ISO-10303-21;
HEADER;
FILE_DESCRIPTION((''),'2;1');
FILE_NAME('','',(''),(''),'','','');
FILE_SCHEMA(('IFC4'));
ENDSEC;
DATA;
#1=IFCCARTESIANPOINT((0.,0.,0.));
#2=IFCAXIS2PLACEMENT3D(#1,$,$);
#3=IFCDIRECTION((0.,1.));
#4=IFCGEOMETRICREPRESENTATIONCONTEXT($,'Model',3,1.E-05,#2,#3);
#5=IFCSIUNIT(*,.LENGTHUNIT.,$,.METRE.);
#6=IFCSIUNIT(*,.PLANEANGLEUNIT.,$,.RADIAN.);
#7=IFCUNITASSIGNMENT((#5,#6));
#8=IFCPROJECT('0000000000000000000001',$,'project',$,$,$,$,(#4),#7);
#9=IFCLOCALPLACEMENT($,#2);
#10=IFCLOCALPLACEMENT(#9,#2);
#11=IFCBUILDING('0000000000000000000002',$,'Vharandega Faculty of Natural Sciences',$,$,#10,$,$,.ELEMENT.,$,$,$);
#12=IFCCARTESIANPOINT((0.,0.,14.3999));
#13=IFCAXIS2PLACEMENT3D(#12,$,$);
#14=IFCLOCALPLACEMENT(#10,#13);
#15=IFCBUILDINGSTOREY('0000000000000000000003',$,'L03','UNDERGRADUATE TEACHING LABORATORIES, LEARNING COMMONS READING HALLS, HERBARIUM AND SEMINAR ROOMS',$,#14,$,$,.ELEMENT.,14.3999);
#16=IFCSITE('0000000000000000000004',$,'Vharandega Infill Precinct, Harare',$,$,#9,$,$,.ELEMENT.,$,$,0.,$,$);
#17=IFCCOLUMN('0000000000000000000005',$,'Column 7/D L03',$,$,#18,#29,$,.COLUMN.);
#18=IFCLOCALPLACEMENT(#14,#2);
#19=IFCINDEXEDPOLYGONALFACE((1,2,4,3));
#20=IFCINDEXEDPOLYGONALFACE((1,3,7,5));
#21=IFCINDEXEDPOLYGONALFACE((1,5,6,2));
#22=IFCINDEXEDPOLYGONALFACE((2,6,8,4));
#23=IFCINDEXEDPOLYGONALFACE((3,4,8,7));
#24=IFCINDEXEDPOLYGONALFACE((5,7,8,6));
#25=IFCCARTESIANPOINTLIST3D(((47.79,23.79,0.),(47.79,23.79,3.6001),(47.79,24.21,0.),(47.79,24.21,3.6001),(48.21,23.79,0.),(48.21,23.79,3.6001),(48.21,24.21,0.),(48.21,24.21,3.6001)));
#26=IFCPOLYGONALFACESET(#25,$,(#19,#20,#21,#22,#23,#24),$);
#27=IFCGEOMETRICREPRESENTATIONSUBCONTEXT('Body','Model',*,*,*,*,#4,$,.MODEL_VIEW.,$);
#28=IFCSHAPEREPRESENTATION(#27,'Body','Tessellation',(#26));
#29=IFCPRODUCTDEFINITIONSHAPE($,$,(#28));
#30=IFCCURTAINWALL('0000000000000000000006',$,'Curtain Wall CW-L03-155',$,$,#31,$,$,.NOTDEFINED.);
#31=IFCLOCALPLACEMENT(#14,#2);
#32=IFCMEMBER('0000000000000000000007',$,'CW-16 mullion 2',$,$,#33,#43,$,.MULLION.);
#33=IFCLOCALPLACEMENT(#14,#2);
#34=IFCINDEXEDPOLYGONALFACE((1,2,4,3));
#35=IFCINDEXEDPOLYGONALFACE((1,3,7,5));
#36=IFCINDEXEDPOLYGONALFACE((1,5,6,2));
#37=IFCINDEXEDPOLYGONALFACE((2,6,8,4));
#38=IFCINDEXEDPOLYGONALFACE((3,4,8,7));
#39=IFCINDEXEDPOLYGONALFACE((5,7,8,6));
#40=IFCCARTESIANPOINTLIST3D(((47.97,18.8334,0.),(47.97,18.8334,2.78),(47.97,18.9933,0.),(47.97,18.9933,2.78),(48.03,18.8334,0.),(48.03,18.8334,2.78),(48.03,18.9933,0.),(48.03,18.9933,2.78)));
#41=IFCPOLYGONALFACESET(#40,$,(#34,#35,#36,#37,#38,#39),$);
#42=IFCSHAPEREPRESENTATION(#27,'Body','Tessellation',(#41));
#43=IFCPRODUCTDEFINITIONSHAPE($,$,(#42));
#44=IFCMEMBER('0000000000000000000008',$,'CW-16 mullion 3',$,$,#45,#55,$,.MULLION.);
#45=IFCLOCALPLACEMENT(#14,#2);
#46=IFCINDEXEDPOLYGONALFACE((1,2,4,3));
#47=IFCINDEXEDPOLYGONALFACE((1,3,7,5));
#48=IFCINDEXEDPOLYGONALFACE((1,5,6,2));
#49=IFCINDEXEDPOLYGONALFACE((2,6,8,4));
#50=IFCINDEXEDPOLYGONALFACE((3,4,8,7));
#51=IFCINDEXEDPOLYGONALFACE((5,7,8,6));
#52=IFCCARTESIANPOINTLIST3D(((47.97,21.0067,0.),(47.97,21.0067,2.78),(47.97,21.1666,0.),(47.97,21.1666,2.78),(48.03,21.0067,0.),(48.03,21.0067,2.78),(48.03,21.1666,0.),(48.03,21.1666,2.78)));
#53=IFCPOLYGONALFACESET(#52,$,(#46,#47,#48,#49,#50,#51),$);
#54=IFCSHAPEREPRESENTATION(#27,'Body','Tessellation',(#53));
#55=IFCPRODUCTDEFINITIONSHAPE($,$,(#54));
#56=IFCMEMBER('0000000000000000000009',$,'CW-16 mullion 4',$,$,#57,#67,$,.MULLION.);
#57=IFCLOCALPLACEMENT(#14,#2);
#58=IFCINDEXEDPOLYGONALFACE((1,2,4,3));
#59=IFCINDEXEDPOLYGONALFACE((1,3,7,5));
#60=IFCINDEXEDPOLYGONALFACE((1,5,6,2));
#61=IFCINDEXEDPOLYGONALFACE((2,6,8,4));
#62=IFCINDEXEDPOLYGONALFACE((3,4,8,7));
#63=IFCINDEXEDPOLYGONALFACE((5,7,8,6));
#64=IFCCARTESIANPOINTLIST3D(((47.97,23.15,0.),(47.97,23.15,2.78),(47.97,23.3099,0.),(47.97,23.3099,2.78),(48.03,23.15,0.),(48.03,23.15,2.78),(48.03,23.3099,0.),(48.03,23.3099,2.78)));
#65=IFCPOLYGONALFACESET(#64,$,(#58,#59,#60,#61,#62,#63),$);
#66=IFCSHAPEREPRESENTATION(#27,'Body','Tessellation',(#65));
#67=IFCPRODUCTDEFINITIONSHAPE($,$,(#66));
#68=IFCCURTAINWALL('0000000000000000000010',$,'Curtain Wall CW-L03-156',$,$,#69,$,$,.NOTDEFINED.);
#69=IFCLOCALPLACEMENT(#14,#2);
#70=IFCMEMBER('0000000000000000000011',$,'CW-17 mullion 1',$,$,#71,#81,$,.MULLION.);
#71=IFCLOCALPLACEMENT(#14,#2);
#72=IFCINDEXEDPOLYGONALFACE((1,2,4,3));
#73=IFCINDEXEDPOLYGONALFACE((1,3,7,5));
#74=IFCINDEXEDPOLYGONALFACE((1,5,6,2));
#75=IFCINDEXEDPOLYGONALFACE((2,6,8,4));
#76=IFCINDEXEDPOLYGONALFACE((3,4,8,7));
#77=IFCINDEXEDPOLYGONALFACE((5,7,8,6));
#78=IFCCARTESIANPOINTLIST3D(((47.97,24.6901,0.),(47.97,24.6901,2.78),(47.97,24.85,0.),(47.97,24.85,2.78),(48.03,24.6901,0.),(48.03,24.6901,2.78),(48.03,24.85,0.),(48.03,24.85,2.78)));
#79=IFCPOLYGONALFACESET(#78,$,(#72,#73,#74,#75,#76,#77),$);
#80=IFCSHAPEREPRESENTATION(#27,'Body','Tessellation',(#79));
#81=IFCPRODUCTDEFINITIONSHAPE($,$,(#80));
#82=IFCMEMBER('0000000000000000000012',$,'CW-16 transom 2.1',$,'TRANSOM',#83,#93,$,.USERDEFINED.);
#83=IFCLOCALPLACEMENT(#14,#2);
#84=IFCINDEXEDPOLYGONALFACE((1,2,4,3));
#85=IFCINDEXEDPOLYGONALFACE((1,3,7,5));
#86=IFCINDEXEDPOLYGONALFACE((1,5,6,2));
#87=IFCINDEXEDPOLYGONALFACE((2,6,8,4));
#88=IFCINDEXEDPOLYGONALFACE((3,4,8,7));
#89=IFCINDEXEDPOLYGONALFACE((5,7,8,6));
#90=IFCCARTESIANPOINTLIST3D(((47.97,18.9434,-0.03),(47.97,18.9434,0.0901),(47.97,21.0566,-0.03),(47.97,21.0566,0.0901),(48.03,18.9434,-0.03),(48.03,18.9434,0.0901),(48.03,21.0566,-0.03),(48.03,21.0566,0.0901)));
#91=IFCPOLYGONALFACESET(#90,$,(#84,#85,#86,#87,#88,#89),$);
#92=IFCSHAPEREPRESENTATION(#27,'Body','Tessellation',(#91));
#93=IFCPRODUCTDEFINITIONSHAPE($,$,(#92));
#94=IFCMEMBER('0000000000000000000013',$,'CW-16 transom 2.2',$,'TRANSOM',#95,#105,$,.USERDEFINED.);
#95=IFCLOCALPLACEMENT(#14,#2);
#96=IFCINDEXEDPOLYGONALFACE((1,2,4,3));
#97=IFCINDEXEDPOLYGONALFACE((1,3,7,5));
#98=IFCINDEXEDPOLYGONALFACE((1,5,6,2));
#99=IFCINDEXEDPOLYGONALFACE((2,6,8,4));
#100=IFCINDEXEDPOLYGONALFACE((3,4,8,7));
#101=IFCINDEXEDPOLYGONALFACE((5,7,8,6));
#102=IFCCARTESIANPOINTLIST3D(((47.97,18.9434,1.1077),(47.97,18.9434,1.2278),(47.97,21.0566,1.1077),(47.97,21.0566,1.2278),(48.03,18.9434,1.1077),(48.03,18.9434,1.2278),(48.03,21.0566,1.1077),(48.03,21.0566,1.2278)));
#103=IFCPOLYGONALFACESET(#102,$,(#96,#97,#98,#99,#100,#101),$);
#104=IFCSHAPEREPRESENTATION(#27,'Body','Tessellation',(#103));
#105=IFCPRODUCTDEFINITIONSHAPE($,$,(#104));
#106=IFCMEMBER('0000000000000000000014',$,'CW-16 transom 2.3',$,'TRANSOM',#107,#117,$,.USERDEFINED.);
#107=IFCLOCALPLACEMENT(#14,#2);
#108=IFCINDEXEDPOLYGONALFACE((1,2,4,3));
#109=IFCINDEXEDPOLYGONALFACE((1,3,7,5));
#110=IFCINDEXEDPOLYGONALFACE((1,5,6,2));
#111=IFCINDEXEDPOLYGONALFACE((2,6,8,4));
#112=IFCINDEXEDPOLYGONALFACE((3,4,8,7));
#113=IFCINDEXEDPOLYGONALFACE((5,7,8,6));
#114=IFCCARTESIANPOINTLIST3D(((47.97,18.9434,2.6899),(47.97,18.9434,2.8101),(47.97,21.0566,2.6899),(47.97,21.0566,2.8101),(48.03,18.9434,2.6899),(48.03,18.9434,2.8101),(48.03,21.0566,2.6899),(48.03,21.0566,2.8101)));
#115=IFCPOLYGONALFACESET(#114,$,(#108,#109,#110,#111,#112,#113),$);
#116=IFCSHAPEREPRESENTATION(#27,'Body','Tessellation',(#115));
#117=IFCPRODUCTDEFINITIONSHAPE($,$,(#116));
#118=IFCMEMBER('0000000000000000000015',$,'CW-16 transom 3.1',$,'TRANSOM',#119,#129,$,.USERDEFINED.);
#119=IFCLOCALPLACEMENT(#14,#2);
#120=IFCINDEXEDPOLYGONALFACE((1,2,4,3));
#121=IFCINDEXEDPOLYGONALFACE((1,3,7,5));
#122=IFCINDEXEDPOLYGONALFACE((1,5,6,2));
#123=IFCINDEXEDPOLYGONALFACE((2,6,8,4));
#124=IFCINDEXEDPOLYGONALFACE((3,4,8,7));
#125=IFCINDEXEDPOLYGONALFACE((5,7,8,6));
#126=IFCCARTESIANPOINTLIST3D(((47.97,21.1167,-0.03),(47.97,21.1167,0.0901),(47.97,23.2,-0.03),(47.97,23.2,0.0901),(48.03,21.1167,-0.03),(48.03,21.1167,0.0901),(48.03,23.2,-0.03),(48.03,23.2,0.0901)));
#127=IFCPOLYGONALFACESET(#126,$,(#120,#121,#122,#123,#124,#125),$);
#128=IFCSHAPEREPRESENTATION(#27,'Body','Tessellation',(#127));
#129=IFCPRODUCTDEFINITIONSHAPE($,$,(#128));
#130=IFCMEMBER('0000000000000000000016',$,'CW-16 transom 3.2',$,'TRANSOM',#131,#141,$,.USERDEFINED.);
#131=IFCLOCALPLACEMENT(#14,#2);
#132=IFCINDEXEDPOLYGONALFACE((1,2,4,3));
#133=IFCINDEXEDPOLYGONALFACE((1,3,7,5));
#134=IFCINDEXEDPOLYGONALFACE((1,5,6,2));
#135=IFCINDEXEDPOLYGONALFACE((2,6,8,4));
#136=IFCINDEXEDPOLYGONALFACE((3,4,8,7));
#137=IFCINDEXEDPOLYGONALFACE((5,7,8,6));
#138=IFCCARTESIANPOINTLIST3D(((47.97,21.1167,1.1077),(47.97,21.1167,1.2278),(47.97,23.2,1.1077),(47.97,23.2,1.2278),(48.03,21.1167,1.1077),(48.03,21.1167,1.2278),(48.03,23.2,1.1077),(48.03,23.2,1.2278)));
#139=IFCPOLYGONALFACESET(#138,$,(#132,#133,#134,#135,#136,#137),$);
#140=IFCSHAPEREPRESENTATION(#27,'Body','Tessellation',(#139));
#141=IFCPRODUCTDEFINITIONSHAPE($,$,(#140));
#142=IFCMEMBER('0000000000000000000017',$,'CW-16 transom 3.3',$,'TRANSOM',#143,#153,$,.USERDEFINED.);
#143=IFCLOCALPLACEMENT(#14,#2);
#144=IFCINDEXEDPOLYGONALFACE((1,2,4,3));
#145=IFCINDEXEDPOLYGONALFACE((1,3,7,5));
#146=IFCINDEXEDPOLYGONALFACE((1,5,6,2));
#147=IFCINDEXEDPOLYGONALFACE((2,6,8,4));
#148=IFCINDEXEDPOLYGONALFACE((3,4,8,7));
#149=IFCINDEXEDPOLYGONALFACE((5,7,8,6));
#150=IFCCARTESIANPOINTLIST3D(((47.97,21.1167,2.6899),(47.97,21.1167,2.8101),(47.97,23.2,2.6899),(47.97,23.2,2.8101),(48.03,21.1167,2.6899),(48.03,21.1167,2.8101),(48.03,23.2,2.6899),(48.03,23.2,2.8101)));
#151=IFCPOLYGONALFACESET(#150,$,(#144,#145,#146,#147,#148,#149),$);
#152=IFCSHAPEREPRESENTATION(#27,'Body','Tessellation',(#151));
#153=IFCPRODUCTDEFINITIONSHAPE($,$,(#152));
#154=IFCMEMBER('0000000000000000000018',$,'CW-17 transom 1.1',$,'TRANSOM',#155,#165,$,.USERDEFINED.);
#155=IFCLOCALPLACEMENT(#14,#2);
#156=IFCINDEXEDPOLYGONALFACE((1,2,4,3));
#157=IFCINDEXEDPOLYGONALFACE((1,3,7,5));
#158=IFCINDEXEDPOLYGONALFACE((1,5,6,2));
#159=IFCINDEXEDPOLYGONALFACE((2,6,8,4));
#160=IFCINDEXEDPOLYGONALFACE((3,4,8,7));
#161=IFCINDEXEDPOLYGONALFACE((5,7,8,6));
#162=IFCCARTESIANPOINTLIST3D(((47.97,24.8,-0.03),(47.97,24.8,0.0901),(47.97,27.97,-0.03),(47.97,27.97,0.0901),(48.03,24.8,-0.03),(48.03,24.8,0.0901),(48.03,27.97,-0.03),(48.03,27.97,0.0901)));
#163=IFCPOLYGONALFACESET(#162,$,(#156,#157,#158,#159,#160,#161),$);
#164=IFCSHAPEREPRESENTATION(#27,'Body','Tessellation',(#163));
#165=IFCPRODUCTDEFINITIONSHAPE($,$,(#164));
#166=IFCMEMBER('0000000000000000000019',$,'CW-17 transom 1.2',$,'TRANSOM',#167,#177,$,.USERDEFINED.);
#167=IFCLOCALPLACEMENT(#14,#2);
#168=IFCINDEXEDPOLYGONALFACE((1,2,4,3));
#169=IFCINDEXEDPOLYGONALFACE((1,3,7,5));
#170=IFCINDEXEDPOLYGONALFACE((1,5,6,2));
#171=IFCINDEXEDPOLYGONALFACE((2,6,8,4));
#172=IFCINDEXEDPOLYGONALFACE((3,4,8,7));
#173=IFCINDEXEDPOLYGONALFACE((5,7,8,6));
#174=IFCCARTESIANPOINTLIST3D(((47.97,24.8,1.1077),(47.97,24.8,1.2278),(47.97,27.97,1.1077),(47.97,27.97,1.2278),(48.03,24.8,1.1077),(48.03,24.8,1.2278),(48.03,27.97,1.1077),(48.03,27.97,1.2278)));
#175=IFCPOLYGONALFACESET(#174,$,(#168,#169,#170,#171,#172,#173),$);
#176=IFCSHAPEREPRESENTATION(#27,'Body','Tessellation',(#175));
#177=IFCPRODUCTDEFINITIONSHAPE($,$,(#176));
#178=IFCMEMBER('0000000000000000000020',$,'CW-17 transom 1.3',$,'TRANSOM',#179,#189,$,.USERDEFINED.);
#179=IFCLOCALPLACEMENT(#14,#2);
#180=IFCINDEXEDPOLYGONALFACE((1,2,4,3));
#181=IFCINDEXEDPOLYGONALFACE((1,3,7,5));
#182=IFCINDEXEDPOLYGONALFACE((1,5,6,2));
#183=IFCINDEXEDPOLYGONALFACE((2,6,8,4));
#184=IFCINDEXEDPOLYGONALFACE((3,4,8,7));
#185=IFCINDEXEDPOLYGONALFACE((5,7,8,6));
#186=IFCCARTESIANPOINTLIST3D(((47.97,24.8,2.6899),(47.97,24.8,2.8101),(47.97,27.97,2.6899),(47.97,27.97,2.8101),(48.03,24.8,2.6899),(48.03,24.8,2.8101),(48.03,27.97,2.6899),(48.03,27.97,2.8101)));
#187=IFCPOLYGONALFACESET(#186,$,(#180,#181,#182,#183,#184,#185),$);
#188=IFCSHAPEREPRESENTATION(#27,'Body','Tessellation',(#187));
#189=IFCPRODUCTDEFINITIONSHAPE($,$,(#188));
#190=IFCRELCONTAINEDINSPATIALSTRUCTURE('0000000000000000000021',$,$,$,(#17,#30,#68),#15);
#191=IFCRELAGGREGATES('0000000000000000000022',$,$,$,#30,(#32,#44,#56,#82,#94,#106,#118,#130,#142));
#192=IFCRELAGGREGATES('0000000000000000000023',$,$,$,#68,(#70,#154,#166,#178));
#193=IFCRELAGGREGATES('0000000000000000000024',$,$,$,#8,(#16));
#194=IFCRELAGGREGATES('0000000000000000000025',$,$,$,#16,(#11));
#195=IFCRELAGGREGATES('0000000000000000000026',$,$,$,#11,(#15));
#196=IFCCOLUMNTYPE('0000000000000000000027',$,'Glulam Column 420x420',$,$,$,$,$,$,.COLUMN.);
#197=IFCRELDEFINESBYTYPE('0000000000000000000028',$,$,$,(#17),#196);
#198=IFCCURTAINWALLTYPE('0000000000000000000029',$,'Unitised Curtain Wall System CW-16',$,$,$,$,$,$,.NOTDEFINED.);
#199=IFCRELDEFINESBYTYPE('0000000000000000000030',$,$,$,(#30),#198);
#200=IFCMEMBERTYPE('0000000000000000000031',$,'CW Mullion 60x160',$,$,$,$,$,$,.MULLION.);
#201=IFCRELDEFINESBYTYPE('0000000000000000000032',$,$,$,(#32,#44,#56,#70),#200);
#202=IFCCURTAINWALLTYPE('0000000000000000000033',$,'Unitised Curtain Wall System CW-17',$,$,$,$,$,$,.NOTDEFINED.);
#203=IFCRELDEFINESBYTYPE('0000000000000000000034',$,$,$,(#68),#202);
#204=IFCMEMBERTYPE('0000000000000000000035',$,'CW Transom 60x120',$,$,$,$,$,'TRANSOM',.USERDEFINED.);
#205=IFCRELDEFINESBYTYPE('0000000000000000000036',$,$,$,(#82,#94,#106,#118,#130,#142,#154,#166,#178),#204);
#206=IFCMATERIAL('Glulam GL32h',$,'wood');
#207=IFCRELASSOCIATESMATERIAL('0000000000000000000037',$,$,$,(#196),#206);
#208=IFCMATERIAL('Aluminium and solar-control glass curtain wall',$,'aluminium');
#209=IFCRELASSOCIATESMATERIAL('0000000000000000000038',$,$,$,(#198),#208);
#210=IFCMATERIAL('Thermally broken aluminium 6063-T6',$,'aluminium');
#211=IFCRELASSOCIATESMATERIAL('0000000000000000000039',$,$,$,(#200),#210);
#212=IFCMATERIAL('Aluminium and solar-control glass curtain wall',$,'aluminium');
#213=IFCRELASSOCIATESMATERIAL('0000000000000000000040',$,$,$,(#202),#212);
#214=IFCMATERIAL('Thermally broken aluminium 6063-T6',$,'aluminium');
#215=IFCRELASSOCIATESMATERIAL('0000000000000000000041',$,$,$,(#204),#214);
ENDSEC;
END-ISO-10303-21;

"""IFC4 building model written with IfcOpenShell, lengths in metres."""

from ifc_helpers import new_model, si_unit, direction, frame, origin, origin_2d, place, context, subcontext, project, spatial, rectangle, extrude, material, material_profile, profile_set, type_object, element, aggregate, save


model = new_model("IFC4")

# Units and contexts
model_context = context("Model", 3, precision=1e-05, world=origin(), true_north=direction((0.0, 1.0)))
body_context = subcontext(model_context, "Body", "Model", "MODEL_VIEW")
ifc_project = project(units=[si_unit("LENGTHUNIT", "METRE"), si_unit("PLANEANGLEUNIT", "RADIAN")], contexts=[model_context])

# Site, building, storey
site_placement = place(None, origin())
site = spatial("IfcSite", under=ifc_project, at=site_placement, Name="Vharandega Infill Precinct, Harare", CompositionType="ELEMENT", RefElevation=0.0)
building_placement = place(site_placement, origin())
building = spatial("IfcBuilding", under=site, at=building_placement, Name="Vharandega Faculty of Natural Sciences", CompositionType="ELEMENT")
storey_placement = place(building_placement, frame((0.0, 0.0, 14.3999)))
storey = spatial("IfcBuildingStorey", under=building, at=storey_placement, Name="L03", Description="UNDERGRADUATE TEACHING LABORATORIES, LEARNING COMMONS READING HALLS, HERBARIUM AND SEMINAR ROOMS", CompositionType="ELEMENT", Elevation=14.3999)

# Column
ifc_material_1 = material(Name="Glulam GL32h", Category="wood")
ifc_material_profile_1 = material_profile(ifc_material_1, rectangle(XDim=0.4199, YDim=0.4199, at=origin_2d()), Name="GL32h 420x420")
ifc_profile_set_1 = profile_set([ifc_material_profile_1], Name="Glulam GL32h")
column_type = type_object("IfcColumnType", Name="Glulam Column 420x420", PredefinedType="COLUMN", material=ifc_profile_set_1)
column_placement = place(storey_placement, frame((48.0, 24.0, 0.0), z_axis=(0.0, 0.0, 1.0), x_axis=(1.0, 0.0, 0.0)))
element("IfcColumn", 1, at=column_placement, inside=storey, type_object=column_type, Name="Column 7/D L03", PredefinedType="COLUMN", context=body_context, shape_type="SweptSolid", body=[
    extrude(rectangle(XDim=0.4199, YDim=0.4199, at=origin_2d()), origin(), (0.0, 0.0, 1.0), 3.6001),
])

# Curtain wall, members
ifc_material_2 = material(Name="Aluminium and solar-control glass curtain wall", Category="aluminium")
curtain_wall_type_1 = type_object("IfcCurtainWallType", Name="Unitised Curtain Wall System CW-16", PredefinedType="NOTDEFINED", material=ifc_material_2)
curtain_wall_1_placement = place(storey_placement, origin())
curtain_wall_1 = element("IfcCurtainWall", 2, at=curtain_wall_1_placement, inside=storey, type_object=curtain_wall_type_1, Name="Curtain Wall CW-L03-155", PredefinedType="NOTDEFINED")
ifc_material_3 = material(Name="Thermally broken aluminium 6063-T6", Category="aluminium")
ifc_material_profile_2 = material_profile(ifc_material_3, rectangle(XDim=0.0601, YDim=0.1599, at=origin_2d()), Name="ALU 60x160")
ifc_profile_set_2 = profile_set([ifc_material_profile_2], Name="Thermally broken aluminium 6063-T6")
member_type_1 = type_object("IfcMemberType", Name="CW Mullion 60x160", PredefinedType="MULLION", material=ifc_profile_set_2)
member_1_placement = place(storey_placement, frame((48.0, 18.9133, 0.0), z_axis=(0.0, 0.0, 1.0), x_axis=(-1.0, 0.0, 0.0)))
member_1 = element("IfcMember", 3, at=member_1_placement, type_object=member_type_1, Name="CW-16 mullion 2", PredefinedType="MULLION", context=body_context, shape_type="SweptSolid", body=[
    extrude(rectangle(XDim=0.0601, YDim=0.1599, at=origin_2d()), origin(), (0.0, 0.0, 1.0), 2.78),
])
member_2_placement = place(storey_placement, frame((48.0, 21.0867, 0.0), z_axis=(0.0, 0.0, 1.0), x_axis=(-1.0, 0.0, 0.0)))
member_2 = element("IfcMember", 4, at=member_2_placement, type_object=member_type_1, Name="CW-16 mullion 3", PredefinedType="MULLION", context=body_context, shape_type="SweptSolid", body=[
    extrude(rectangle(XDim=0.0601, YDim=0.1599, at=origin_2d()), origin(), (0.0, 0.0, 1.0), 2.78),
])
member_3_placement = place(storey_placement, frame((48.0, 23.23, 0.0), z_axis=(0.0, 0.0, 1.0), x_axis=(-1.0, 0.0, 0.0)))
member_3 = element("IfcMember", 5, at=member_3_placement, type_object=member_type_1, Name="CW-16 mullion 4", PredefinedType="MULLION", context=body_context, shape_type="SweptSolid", body=[
    extrude(rectangle(XDim=0.0601, YDim=0.1599, at=origin_2d()), origin(), (0.0, 0.0, 1.0), 2.78),
])

# Curtain wall, member
ifc_material_4 = material(Name="Aluminium and solar-control glass curtain wall", Category="aluminium")
curtain_wall_type_2 = type_object("IfcCurtainWallType", Name="Unitised Curtain Wall System CW-17", PredefinedType="NOTDEFINED", material=ifc_material_4)
curtain_wall_2_placement = place(storey_placement, origin())
curtain_wall_2 = element("IfcCurtainWall", 6, at=curtain_wall_2_placement, inside=storey, type_object=curtain_wall_type_2, Name="Curtain Wall CW-L03-156", PredefinedType="NOTDEFINED")
member_4_placement = place(storey_placement, frame((48.0, 24.77, 0.0), z_axis=(0.0, 0.0, 1.0), x_axis=(-1.0, 0.0, 0.0)))
member_4 = element("IfcMember", 7, at=member_4_placement, type_object=member_type_1, Name="CW-17 mullion 1", PredefinedType="MULLION", context=body_context, shape_type="SweptSolid", body=[
    extrude(rectangle(XDim=0.0601, YDim=0.1599, at=origin_2d()), origin(), (0.0, 0.0, 1.0), 2.78),
])

# Members
ifc_material_5 = material(Name="Thermally broken aluminium 6063-T6", Category="aluminium")
ifc_material_profile_3 = material_profile(ifc_material_5, rectangle(XDim=0.0601, YDim=0.1201, at=origin_2d()), Name="ALU 60x120")
ifc_profile_set_3 = profile_set([ifc_material_profile_3], Name="Thermally broken aluminium 6063-T6")
member_type_2 = type_object("IfcMemberType", Name="CW Transom 60x120", ElementType="TRANSOM", PredefinedType="USERDEFINED", material=ifc_profile_set_3)
member_5_placement = place(storey_placement, frame((48.0, 18.9434, 0.03), z_axis=(0.0, 1.0, 0.0), x_axis=(-1.0, 0.0, 0.0)))
member_5 = element("IfcMember", 8, at=member_5_placement, type_object=member_type_2, Name="CW-16 transom 2.1", ObjectType="TRANSOM", PredefinedType="USERDEFINED", context=body_context, shape_type="SweptSolid", body=[
    extrude(rectangle(XDim=0.0601, YDim=0.1201, at=origin_2d()), origin(), (0.0, 0.0, 1.0), 2.1133),
])
member_6_placement = place(storey_placement, frame((48.0, 18.9434, 1.1677), z_axis=(0.0, 1.0, 0.0), x_axis=(-1.0, 0.0, 0.0)))
member_6 = element("IfcMember", 9, at=member_6_placement, type_object=member_type_2, Name="CW-16 transom 2.2", ObjectType="TRANSOM", PredefinedType="USERDEFINED", context=body_context, shape_type="SweptSolid", body=[
    extrude(rectangle(XDim=0.0601, YDim=0.1201, at=origin_2d()), origin(), (0.0, 0.0, 1.0), 2.1133),
])
member_7_placement = place(storey_placement, frame((48.0, 18.9434, 2.75), z_axis=(0.0, 1.0, 0.0), x_axis=(-1.0, 0.0, 0.0)))
member_7 = element("IfcMember", 10, at=member_7_placement, type_object=member_type_2, Name="CW-16 transom 2.3", ObjectType="TRANSOM", PredefinedType="USERDEFINED", context=body_context, shape_type="SweptSolid", body=[
    extrude(rectangle(XDim=0.0601, YDim=0.1201, at=origin_2d()), origin(), (0.0, 0.0, 1.0), 2.1133),
])
member_8_placement = place(storey_placement, frame((48.0, 21.1167, 0.03), z_axis=(0.0, 1.0, 0.0), x_axis=(-1.0, 0.0, 0.0)))
member_8 = element("IfcMember", 11, at=member_8_placement, type_object=member_type_2, Name="CW-16 transom 3.1", ObjectType="TRANSOM", PredefinedType="USERDEFINED", context=body_context, shape_type="SweptSolid", body=[
    extrude(rectangle(XDim=0.0601, YDim=0.1201, at=origin_2d()), origin(), (0.0, 0.0, 1.0), 2.0833),
])
member_9_placement = place(storey_placement, frame((48.0, 21.1167, 1.1677), z_axis=(0.0, 1.0, 0.0), x_axis=(-1.0, 0.0, 0.0)))
member_9 = element("IfcMember", 12, at=member_9_placement, type_object=member_type_2, Name="CW-16 transom 3.2", ObjectType="TRANSOM", PredefinedType="USERDEFINED", context=body_context, shape_type="SweptSolid", body=[
    extrude(rectangle(XDim=0.0601, YDim=0.1201, at=origin_2d()), origin(), (0.0, 0.0, 1.0), 2.0833),
])
member_10_placement = place(storey_placement, frame((48.0, 21.1167, 2.75), z_axis=(0.0, 1.0, 0.0), x_axis=(-1.0, 0.0, 0.0)))
member_10 = element("IfcMember", 13, at=member_10_placement, type_object=member_type_2, Name="CW-16 transom 3.3", ObjectType="TRANSOM", PredefinedType="USERDEFINED", context=body_context, shape_type="SweptSolid", body=[
    extrude(rectangle(XDim=0.0601, YDim=0.1201, at=origin_2d()), origin(), (0.0, 0.0, 1.0), 2.0833),
])
member_11_placement = place(storey_placement, frame((48.0, 24.8, 0.03), z_axis=(0.0, 1.0, 0.0), x_axis=(-1.0, 0.0, 0.0)))
member_11 = element("IfcMember", 14, at=member_11_placement, type_object=member_type_2, Name="CW-17 transom 1.1", ObjectType="TRANSOM", PredefinedType="USERDEFINED", context=body_context, shape_type="SweptSolid", body=[
    extrude(rectangle(XDim=0.0601, YDim=0.1201, at=origin_2d()), origin(), (0.0, 0.0, 1.0), 3.1699),
])
member_12_placement = place(storey_placement, frame((48.0, 24.8, 1.1677), z_axis=(0.0, 1.0, 0.0), x_axis=(-1.0, 0.0, 0.0)))
member_12 = element("IfcMember", 15, at=member_12_placement, type_object=member_type_2, Name="CW-17 transom 1.2", ObjectType="TRANSOM", PredefinedType="USERDEFINED", context=body_context, shape_type="SweptSolid", body=[
    extrude(rectangle(XDim=0.0601, YDim=0.1201, at=origin_2d()), origin(), (0.0, 0.0, 1.0), 3.1699),
])
member_13_placement = place(storey_placement, frame((48.0, 24.8, 2.75), z_axis=(0.0, 1.0, 0.0), x_axis=(-1.0, 0.0, 0.0)))
member_13 = element("IfcMember", 16, at=member_13_placement, type_object=member_type_2, Name="CW-17 transom 1.3", ObjectType="TRANSOM", PredefinedType="USERDEFINED", context=body_context, shape_type="SweptSolid", body=[
    extrude(rectangle(XDim=0.0601, YDim=0.1201, at=origin_2d()), origin(), (0.0, 0.0, 1.0), 3.1699),
])

aggregate(curtain_wall_1, [member_1, member_2, member_3, member_5, member_6, member_7, member_8, member_9, member_10])
aggregate(curtain_wall_2, [member_4, member_11, member_12, member_13])

save(model, "model.ifc")
